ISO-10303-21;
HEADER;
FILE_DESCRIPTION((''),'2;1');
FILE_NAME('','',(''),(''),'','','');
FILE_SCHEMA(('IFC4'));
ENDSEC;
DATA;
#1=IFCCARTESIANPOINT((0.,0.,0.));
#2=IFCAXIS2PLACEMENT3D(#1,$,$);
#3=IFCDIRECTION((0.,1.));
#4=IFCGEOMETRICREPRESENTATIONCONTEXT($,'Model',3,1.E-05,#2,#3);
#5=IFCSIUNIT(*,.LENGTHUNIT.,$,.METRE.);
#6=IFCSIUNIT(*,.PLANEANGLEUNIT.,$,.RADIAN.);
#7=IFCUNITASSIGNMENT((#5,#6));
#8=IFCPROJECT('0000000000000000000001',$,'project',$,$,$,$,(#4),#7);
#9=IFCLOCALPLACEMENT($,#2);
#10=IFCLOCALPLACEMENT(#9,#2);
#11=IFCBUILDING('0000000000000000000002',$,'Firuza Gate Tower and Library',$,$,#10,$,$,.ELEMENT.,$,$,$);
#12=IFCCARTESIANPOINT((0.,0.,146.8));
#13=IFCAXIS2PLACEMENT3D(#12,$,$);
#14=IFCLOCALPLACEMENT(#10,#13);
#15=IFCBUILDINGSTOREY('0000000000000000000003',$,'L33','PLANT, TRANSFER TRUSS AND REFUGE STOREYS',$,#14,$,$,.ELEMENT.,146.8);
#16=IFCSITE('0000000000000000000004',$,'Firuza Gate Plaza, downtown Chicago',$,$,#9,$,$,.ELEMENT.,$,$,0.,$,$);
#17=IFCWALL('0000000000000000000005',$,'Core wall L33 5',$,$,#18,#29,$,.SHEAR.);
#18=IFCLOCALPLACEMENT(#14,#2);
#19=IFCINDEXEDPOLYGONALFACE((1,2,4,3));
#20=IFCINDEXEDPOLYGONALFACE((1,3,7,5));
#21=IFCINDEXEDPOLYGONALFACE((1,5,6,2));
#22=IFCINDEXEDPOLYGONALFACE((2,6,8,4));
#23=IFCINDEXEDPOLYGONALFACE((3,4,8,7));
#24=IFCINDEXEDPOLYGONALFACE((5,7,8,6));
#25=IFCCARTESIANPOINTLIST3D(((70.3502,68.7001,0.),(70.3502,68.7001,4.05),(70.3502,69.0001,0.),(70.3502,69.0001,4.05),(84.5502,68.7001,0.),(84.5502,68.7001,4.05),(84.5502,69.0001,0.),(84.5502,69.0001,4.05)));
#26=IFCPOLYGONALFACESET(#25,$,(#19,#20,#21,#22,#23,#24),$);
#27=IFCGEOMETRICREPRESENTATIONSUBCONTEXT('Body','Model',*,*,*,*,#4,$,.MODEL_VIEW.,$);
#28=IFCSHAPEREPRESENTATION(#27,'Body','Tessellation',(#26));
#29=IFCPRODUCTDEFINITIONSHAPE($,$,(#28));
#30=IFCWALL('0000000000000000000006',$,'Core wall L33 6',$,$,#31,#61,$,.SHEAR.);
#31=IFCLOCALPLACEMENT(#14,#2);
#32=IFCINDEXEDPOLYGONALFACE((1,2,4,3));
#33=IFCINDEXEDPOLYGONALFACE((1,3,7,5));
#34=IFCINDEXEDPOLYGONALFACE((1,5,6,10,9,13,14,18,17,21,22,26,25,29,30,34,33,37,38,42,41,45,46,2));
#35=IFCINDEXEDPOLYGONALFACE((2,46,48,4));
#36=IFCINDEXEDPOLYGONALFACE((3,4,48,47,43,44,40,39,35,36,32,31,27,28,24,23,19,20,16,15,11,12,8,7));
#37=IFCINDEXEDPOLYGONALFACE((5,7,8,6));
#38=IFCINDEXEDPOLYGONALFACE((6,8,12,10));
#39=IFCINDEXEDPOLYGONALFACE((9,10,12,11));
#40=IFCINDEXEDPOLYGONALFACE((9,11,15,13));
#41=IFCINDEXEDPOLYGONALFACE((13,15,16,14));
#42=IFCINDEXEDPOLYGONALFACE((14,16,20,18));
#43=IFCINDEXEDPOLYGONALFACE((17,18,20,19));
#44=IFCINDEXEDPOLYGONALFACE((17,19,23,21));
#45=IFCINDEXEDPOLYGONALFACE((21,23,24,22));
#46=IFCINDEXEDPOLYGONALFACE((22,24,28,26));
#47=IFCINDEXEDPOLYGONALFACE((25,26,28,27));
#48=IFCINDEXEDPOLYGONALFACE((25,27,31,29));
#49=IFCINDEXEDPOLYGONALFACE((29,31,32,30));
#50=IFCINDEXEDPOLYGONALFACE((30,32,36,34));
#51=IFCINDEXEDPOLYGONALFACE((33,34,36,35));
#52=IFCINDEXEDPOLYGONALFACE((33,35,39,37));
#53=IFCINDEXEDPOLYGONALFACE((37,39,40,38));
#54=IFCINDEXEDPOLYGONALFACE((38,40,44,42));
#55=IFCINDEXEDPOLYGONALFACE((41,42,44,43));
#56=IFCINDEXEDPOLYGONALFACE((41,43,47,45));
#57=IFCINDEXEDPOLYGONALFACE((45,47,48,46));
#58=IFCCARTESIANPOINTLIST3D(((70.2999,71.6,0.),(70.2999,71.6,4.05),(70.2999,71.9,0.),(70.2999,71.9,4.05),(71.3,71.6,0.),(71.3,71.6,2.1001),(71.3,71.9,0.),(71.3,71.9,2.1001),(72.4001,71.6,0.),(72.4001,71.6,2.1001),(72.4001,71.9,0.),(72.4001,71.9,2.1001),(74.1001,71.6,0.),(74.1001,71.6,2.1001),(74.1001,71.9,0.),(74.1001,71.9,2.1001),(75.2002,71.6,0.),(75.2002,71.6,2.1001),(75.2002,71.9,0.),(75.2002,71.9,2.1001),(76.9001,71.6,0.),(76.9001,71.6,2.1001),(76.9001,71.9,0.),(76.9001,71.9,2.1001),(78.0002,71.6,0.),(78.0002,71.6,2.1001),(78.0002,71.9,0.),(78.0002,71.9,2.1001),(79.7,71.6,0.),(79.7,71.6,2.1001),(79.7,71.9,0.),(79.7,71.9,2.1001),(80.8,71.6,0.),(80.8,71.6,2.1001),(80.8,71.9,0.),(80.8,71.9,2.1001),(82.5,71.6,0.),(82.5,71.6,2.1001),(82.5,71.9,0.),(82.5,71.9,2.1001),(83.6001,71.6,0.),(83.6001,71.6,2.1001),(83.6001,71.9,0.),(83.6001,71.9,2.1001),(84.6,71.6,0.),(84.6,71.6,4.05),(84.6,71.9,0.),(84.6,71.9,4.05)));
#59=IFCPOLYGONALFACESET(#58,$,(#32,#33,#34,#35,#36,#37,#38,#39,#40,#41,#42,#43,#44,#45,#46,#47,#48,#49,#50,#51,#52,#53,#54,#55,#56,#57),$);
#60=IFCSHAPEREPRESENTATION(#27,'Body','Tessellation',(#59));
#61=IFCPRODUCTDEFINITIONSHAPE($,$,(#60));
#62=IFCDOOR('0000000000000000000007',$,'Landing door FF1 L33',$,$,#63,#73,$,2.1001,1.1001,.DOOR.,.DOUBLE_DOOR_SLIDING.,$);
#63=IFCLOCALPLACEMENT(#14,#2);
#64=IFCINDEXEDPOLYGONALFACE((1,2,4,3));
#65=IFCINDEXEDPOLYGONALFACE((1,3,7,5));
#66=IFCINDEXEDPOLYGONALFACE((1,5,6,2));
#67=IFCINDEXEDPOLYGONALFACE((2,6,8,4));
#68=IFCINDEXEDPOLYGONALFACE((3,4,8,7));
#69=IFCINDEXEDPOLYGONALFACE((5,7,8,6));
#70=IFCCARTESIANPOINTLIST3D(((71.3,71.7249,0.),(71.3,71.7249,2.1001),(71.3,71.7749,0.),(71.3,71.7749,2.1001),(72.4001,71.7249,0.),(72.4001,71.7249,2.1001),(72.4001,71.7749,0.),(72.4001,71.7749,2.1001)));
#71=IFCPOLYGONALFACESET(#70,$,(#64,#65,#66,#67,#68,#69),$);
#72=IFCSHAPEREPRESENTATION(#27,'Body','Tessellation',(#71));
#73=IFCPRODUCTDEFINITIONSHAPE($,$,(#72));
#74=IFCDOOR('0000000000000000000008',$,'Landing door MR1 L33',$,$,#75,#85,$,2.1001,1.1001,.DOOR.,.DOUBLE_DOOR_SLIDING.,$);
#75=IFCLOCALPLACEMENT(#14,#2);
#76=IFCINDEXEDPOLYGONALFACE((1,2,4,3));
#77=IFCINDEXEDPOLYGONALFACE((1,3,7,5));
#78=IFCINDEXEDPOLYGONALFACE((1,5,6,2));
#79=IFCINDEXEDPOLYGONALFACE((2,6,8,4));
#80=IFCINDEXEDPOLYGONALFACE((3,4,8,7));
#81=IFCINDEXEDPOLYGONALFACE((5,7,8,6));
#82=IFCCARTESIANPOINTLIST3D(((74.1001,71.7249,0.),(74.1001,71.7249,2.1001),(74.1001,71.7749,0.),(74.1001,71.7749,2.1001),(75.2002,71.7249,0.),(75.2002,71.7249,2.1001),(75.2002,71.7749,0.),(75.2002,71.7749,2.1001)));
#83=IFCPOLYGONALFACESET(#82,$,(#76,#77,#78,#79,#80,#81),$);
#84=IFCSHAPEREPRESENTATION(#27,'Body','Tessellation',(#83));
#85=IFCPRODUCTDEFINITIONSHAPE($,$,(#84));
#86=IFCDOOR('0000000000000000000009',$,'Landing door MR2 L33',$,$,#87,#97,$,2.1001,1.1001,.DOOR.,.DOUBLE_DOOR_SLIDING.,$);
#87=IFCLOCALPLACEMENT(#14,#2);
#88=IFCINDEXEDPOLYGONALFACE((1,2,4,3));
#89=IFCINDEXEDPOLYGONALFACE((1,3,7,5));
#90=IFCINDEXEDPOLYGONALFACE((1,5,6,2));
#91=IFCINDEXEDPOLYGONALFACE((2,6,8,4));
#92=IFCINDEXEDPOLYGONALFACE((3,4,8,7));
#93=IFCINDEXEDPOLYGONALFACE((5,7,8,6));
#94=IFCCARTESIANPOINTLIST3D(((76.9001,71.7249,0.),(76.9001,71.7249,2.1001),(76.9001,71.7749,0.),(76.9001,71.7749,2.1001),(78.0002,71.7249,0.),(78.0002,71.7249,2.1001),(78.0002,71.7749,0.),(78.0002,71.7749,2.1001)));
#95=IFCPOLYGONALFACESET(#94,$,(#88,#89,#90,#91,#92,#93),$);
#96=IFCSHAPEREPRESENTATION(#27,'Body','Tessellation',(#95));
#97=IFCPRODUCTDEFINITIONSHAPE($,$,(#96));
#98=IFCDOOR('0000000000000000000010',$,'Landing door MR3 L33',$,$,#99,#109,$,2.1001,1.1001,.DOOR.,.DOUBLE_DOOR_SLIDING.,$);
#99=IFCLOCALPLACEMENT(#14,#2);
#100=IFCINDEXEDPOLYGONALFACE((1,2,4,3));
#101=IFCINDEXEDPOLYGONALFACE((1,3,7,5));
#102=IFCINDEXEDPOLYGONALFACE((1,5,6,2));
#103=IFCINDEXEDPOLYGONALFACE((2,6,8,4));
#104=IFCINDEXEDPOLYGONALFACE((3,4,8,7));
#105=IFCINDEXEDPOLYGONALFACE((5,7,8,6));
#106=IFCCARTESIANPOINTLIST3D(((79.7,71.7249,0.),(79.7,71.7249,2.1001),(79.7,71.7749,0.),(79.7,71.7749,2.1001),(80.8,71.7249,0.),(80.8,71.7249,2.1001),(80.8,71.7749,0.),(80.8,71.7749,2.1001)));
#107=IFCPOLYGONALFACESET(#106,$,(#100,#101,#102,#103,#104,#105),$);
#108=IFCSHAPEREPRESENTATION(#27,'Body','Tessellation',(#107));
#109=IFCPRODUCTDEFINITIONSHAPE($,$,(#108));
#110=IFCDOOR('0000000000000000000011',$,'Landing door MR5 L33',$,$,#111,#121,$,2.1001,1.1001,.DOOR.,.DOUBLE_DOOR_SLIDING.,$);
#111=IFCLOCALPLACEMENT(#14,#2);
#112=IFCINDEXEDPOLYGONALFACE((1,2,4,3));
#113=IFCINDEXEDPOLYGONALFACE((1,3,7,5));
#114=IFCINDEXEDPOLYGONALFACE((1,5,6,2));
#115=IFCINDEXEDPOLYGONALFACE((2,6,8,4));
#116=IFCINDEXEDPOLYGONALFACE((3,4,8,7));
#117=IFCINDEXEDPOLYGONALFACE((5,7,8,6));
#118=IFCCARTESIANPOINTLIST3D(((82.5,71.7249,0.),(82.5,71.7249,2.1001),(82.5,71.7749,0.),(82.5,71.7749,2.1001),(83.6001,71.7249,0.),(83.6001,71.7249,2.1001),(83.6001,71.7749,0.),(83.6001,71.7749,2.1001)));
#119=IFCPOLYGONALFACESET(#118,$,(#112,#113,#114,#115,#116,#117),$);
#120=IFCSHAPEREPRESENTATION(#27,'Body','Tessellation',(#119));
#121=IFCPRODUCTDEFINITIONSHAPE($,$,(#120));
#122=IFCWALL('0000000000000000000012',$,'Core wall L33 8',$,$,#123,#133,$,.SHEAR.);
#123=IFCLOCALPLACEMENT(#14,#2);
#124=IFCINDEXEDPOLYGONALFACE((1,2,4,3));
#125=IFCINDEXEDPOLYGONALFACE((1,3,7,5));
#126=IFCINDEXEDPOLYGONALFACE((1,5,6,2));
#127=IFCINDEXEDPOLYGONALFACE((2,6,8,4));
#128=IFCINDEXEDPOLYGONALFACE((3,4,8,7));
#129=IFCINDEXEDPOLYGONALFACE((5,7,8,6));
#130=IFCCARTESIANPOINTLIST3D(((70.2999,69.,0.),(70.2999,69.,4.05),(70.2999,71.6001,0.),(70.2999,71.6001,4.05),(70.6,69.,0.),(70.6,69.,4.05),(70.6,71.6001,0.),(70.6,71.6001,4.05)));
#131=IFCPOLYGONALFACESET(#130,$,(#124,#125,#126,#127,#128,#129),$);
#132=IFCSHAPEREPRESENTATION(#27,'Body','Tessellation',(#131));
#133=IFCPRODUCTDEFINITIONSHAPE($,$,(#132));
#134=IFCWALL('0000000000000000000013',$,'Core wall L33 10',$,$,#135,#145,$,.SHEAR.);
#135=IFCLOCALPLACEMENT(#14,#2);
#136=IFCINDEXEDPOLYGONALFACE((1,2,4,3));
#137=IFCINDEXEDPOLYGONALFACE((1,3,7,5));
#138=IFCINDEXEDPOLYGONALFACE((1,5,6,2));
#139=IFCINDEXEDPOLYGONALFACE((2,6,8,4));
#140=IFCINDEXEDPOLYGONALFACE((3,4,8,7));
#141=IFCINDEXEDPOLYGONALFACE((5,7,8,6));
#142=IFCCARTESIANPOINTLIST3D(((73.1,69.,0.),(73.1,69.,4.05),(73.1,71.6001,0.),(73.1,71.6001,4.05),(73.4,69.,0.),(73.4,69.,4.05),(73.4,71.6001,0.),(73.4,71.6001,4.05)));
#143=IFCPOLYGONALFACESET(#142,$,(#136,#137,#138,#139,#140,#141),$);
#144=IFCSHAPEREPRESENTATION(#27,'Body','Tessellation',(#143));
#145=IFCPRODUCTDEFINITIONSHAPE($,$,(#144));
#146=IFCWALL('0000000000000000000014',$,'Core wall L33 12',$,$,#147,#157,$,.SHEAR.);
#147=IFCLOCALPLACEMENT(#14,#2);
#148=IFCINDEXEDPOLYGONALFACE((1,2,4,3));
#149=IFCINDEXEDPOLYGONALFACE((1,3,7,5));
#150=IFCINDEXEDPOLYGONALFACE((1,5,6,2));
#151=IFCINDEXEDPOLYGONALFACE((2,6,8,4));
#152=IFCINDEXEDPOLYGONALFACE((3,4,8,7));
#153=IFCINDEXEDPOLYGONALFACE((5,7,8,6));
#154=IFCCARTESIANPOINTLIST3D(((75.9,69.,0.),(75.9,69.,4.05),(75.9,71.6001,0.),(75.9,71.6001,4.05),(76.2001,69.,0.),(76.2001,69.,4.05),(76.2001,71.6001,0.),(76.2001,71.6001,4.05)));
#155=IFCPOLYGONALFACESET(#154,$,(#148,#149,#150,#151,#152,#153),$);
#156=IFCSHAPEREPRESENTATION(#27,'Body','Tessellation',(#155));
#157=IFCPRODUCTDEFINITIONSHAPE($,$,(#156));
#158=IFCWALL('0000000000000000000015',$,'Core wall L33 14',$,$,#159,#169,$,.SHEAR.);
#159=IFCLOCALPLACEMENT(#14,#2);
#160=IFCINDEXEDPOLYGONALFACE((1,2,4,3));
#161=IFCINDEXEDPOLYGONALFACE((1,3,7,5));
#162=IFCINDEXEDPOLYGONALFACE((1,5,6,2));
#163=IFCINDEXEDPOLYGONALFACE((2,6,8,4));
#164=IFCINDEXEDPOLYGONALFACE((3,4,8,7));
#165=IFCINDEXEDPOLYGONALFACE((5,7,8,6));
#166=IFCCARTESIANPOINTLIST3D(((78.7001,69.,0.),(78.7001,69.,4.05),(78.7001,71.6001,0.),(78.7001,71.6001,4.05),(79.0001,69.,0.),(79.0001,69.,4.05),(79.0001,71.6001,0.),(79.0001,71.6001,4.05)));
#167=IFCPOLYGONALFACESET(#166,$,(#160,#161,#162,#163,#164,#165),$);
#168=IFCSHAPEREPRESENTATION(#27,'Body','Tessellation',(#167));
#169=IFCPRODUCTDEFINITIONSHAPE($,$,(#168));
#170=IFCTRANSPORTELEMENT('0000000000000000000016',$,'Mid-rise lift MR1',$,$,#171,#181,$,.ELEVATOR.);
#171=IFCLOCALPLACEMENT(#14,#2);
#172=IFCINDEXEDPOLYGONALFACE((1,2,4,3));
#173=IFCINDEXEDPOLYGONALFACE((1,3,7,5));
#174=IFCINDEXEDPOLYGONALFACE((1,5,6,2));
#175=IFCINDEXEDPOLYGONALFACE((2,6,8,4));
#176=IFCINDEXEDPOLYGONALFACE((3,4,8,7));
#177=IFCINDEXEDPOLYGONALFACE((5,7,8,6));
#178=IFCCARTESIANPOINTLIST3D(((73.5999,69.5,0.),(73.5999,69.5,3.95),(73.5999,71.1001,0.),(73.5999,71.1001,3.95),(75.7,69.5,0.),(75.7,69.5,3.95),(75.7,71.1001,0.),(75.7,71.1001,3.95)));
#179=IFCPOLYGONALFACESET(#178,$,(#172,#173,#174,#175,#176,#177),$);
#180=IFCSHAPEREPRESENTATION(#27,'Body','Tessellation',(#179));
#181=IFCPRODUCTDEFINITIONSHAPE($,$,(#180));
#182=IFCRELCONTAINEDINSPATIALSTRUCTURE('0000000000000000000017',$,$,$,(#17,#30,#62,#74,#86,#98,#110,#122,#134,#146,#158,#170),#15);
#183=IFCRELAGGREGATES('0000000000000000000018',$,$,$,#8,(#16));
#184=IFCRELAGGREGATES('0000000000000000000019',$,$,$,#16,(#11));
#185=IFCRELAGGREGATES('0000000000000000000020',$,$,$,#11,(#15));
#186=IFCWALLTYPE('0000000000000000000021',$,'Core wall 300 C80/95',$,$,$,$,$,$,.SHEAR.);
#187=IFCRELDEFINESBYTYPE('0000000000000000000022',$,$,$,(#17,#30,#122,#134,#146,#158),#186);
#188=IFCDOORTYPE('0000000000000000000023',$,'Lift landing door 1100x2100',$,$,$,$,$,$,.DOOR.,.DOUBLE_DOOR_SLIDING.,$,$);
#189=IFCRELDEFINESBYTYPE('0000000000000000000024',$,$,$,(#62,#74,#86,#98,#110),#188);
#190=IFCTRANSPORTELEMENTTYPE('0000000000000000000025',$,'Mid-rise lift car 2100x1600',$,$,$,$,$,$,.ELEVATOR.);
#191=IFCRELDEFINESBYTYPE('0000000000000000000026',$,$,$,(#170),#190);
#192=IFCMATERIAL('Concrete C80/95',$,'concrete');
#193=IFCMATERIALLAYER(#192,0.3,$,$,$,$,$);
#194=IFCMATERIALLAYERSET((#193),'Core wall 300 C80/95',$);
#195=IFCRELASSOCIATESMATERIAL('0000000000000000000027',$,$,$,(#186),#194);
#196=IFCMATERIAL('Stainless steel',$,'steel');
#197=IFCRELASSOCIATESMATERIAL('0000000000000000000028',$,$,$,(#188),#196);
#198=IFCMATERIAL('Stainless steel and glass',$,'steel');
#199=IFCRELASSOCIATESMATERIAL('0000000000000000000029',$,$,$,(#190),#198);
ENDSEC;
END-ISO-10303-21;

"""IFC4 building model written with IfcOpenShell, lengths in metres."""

from ifc_helpers import new_model, si_unit, direction, frame, frame_2d, origin, origin_2d, place, context, subcontext, project, spatial, rectangle, extrude, material, layer, layer_set, type_object, element, fill, save


model = new_model("IFC4")

# Units and contexts
model_context = context("Model", 3, precision=1e-05, world=origin(), true_north=direction((0.0, 1.0)))
body_context = subcontext(model_context, "Body", "Model", "MODEL_VIEW")
ifc_project = project(units=[si_unit("LENGTHUNIT", "METRE"), si_unit("PLANEANGLEUNIT", "RADIAN")], contexts=[model_context])

# Site, building, storey
site_placement = place(None, origin())
site = spatial("IfcSite", under=ifc_project, at=site_placement, Name="Firuza Gate Plaza, downtown Chicago", CompositionType="ELEMENT", RefElevation=0.0)
building_placement = place(site_placement, origin())
building = spatial("IfcBuilding", under=site, at=building_placement, Name="Firuza Gate Tower and Library", CompositionType="ELEMENT")
storey_placement = place(building_placement, frame((0.0, 0.0, 146.8)))
storey = spatial("IfcBuildingStorey", under=building, at=storey_placement, Name="L33", Description="PLANT, TRANSFER TRUSS AND REFUGE STOREYS", CompositionType="ELEMENT", Elevation=146.8)

# Wall
ifc_material_1 = material(Name="Concrete C80/95", Category="concrete")
ifc_layer_1 = layer(ifc_material_1, 0.3)
ifc_layer_set_1 = layer_set([ifc_layer_1], Name="Core wall 300 C80/95")
wall_type_1 = type_object("IfcWallType", Name="Core wall 300 C80/95", PredefinedType="SHEAR", material=ifc_layer_set_1)
wall_1_placement = place(storey_placement, frame((70.3501, 68.8501, 0.0), z_axis=(0.0, 0.0, 1.0), x_axis=(1.0, 0.0, 0.0)))
element("IfcWall", 1, at=wall_1_placement, inside=storey, type_object=wall_type_1, Name="Core wall L33 5", PredefinedType="SHEAR", context=body_context, shape_type="SweptSolid", body=[
    extrude(rectangle(XDim=14.2, YDim=0.3, at=frame_2d((7.1001, 0.0))), origin(), (0.0, 0.0, 1.0), 4.05),
])

# Wall, openings, doors
wall_2_placement = place(storey_placement, frame((70.3, 71.75, 0.0), z_axis=(0.0, 0.0, 1.0), x_axis=(1.0, 0.0, 0.0)))
wall_2 = element("IfcWall", 2, at=wall_2_placement, inside=storey, type_object=wall_type_1, Name="Core wall L33 6", PredefinedType="SHEAR", context=body_context, shape_type="SweptSolid", body=[
    extrude(rectangle(XDim=14.3, YDim=0.3, at=frame_2d((7.1499, 0.0))), origin(), (0.0, 0.0, 1.0), 4.05),
])
opening_1_placement = place(wall_2_placement, frame((1.0, 0.0, 0.0)))
opening_1 = element("IfcOpeningElement", 3, at=opening_1_placement, cuts=wall_2, PredefinedType="OPENING", context=body_context, shape_type="SweptSolid", body=[
    extrude(rectangle(XDim=1.1001, YDim=2.1001, at=frame_2d((0.55, 1.05))), frame((0.0, 0.1602, 0.0), z_axis=(0.0, -1.0, 0.0), x_axis=(1.0, 0.0, 0.0)), (0.0, 0.0, 1.0), 0.3201),
])
opening_2_placement = place(wall_2_placement, frame((3.8, 0.0, 0.0)))
opening_2 = element("IfcOpeningElement", 4, at=opening_2_placement, cuts=wall_2, PredefinedType="OPENING", context=body_context, shape_type="SweptSolid", body=[
    extrude(rectangle(XDim=1.1001, YDim=2.1001, at=frame_2d((0.55, 1.05))), frame((0.0, 0.1602, 0.0), z_axis=(0.0, -1.0, 0.0), x_axis=(1.0, 0.0, 0.0)), (0.0, 0.0, 1.0), 0.3201),
])
opening_3_placement = place(wall_2_placement, frame((6.6001, 0.0, 0.0)))
opening_3 = element("IfcOpeningElement", 5, at=opening_3_placement, cuts=wall_2, PredefinedType="OPENING", context=body_context, shape_type="SweptSolid", body=[
    extrude(rectangle(XDim=1.1001, YDim=2.1001, at=frame_2d((0.55, 1.05))), frame((0.0, 0.1602, 0.0), z_axis=(0.0, -1.0, 0.0), x_axis=(1.0, 0.0, 0.0)), (0.0, 0.0, 1.0), 0.3201),
])
opening_4_placement = place(wall_2_placement, frame((9.3999, 0.0, 0.0)))
opening_4 = element("IfcOpeningElement", 6, at=opening_4_placement, cuts=wall_2, PredefinedType="OPENING", context=body_context, shape_type="SweptSolid", body=[
    extrude(rectangle(XDim=1.1001, YDim=2.1001, at=frame_2d((0.55, 1.05))), frame((0.0, 0.1602, 0.0), z_axis=(0.0, -1.0, 0.0), x_axis=(1.0, 0.0, 0.0)), (0.0, 0.0, 1.0), 0.3201),
])
opening_5_placement = place(wall_2_placement, frame((12.2, 0.0, 0.0)))
opening_5 = element("IfcOpeningElement", 7, at=opening_5_placement, cuts=wall_2, PredefinedType="OPENING", context=body_context, shape_type="SweptSolid", body=[
    extrude(rectangle(XDim=1.1001, YDim=2.1001, at=frame_2d((0.55, 1.05))), frame((0.0, 0.1602, 0.0), z_axis=(0.0, -1.0, 0.0), x_axis=(1.0, 0.0, 0.0)), (0.0, 0.0, 1.0), 0.3201),
])
ifc_material_2 = material(Name="Stainless steel", Category="steel")
door_type_1 = type_object("IfcDoorType", Name="Lift landing door 1100x2100", OperationType="DOUBLE_DOOR_SLIDING", PredefinedType="DOOR", material=ifc_material_2)
door_1_placement = place(opening_1_placement, origin())
door_1 = element("IfcDoor", 8, at=door_1_placement, inside=storey, type_object=door_type_1, Name="Landing door FF1 L33", OperationType="DOUBLE_DOOR_SLIDING", OverallHeight=2.1001, OverallWidth=1.1001, PredefinedType="DOOR", context=body_context, shape_type="SweptSolid", body=[
    extrude(rectangle(XDim=1.1001, YDim=2.1001, at=frame_2d((0.55, 1.05))), frame((0.0, 0.0249, 0.0), z_axis=(0.0, -1.0, 0.0), x_axis=(1.0, 0.0, 0.0)), (0.0, 0.0, 1.0), 0.05),
])
fill(opening_1, door_1)
door_2_placement = place(opening_2_placement, origin())
door_2 = element("IfcDoor", 9, at=door_2_placement, inside=storey, type_object=door_type_1, Name="Landing door MR1 L33", OperationType="DOUBLE_DOOR_SLIDING", OverallHeight=2.1001, OverallWidth=1.1001, PredefinedType="DOOR", context=body_context, shape_type="SweptSolid", body=[
    extrude(rectangle(XDim=1.1001, YDim=2.1001, at=frame_2d((0.55, 1.05))), frame((0.0, 0.0249, 0.0), z_axis=(0.0, -1.0, 0.0), x_axis=(1.0, 0.0, 0.0)), (0.0, 0.0, 1.0), 0.05),
])
fill(opening_2, door_2)
door_3_placement = place(opening_3_placement, origin())
door_3 = element("IfcDoor", 10, at=door_3_placement, inside=storey, type_object=door_type_1, Name="Landing door MR2 L33", OperationType="DOUBLE_DOOR_SLIDING", OverallHeight=2.1001, OverallWidth=1.1001, PredefinedType="DOOR", context=body_context, shape_type="SweptSolid", body=[
    extrude(rectangle(XDim=1.1001, YDim=2.1001, at=frame_2d((0.55, 1.05))), frame((0.0, 0.0249, 0.0), z_axis=(0.0, -1.0, 0.0), x_axis=(1.0, 0.0, 0.0)), (0.0, 0.0, 1.0), 0.05),
])
fill(opening_3, door_3)
door_4_placement = place(opening_4_placement, origin())
door_4 = element("IfcDoor", 11, at=door_4_placement, inside=storey, type_object=door_type_1, Name="Landing door MR3 L33", OperationType="DOUBLE_DOOR_SLIDING", OverallHeight=2.1001, OverallWidth=1.1001, PredefinedType="DOOR", context=body_context, shape_type="SweptSolid", body=[
    extrude(rectangle(XDim=1.1001, YDim=2.1001, at=frame_2d((0.55, 1.05))), frame((0.0, 0.0249, 0.0), z_axis=(0.0, -1.0, 0.0), x_axis=(1.0, 0.0, 0.0)), (0.0, 0.0, 1.0), 0.05),
])
fill(opening_4, door_4)
door_5_placement = place(opening_5_placement, origin())
door_5 = element("IfcDoor", 12, at=door_5_placement, inside=storey, type_object=door_type_1, Name="Landing door MR5 L33", OperationType="DOUBLE_DOOR_SLIDING", OverallHeight=2.1001, OverallWidth=1.1001, PredefinedType="DOOR", context=body_context, shape_type="SweptSolid", body=[
    extrude(rectangle(XDim=1.1001, YDim=2.1001, at=frame_2d((0.55, 1.05))), frame((0.0, 0.0249, 0.0), z_axis=(0.0, -1.0, 0.0), x_axis=(1.0, 0.0, 0.0)), (0.0, 0.0, 1.0), 0.05),
])
fill(opening_5, door_5)

# Walls
for number, where, z_axis, x_axis, name in (
    (13, (70.45, 69.0, 0.0), (0.0, 0.0, 1.0), (0.0, 1.0, 0.0), "Core wall L33 8"),
    (14, (73.25, 69.0, 0.0), (0.0, 0.0, 1.0), (0.0, 1.0, 0.0), "Core wall L33 10"),
    (15, (76.05, 69.0, 0.0), (0.0, 0.0, 1.0), (0.0, 1.0, 0.0), "Core wall L33 12"),
    (16, (78.8501, 69.0, 0.0), (0.0, 0.0, 1.0), (0.0, 1.0, 0.0), "Core wall L33 14"),
):
    element("IfcWall", number, at=place(storey_placement, frame(where, z_axis=z_axis, x_axis=x_axis)), inside=storey, type_object=wall_type_1, Name=name, PredefinedType="SHEAR", context=body_context, shape_type="SweptSolid", body=[
        extrude(rectangle(XDim=2.6001, YDim=0.3, at=frame_2d((1.3, 0.0))), origin(), (0.0, 0.0, 1.0), 4.05),
    ])

# Transport element
ifc_material_3 = material(Name="Stainless steel and glass", Category="steel")
transport_element_type = type_object("IfcTransportElementType", Name="Mid-rise lift car 2100x1600", PredefinedType="ELEVATOR", material=ifc_material_3)
for number, where, z_axis, x_axis, name in (
    (17, (74.6499, 70.3, 0.0), (0.0, 0.0, 1.0), (1.0, 0.0, 0.0), "Mid-rise lift MR1"),
):
    element("IfcTransportElement", number, at=place(storey_placement, frame(where, z_axis=z_axis, x_axis=x_axis)), inside=storey, type_object=transport_element_type, Name=name, PredefinedType="ELEVATOR", context=body_context, shape_type="SweptSolid", body=[
        extrude(rectangle(XDim=2.1001, YDim=1.6001, at=origin_2d()), origin(), (0.0, 0.0, 1.0), 3.95),
    ])

save(model, "model.ifc")
